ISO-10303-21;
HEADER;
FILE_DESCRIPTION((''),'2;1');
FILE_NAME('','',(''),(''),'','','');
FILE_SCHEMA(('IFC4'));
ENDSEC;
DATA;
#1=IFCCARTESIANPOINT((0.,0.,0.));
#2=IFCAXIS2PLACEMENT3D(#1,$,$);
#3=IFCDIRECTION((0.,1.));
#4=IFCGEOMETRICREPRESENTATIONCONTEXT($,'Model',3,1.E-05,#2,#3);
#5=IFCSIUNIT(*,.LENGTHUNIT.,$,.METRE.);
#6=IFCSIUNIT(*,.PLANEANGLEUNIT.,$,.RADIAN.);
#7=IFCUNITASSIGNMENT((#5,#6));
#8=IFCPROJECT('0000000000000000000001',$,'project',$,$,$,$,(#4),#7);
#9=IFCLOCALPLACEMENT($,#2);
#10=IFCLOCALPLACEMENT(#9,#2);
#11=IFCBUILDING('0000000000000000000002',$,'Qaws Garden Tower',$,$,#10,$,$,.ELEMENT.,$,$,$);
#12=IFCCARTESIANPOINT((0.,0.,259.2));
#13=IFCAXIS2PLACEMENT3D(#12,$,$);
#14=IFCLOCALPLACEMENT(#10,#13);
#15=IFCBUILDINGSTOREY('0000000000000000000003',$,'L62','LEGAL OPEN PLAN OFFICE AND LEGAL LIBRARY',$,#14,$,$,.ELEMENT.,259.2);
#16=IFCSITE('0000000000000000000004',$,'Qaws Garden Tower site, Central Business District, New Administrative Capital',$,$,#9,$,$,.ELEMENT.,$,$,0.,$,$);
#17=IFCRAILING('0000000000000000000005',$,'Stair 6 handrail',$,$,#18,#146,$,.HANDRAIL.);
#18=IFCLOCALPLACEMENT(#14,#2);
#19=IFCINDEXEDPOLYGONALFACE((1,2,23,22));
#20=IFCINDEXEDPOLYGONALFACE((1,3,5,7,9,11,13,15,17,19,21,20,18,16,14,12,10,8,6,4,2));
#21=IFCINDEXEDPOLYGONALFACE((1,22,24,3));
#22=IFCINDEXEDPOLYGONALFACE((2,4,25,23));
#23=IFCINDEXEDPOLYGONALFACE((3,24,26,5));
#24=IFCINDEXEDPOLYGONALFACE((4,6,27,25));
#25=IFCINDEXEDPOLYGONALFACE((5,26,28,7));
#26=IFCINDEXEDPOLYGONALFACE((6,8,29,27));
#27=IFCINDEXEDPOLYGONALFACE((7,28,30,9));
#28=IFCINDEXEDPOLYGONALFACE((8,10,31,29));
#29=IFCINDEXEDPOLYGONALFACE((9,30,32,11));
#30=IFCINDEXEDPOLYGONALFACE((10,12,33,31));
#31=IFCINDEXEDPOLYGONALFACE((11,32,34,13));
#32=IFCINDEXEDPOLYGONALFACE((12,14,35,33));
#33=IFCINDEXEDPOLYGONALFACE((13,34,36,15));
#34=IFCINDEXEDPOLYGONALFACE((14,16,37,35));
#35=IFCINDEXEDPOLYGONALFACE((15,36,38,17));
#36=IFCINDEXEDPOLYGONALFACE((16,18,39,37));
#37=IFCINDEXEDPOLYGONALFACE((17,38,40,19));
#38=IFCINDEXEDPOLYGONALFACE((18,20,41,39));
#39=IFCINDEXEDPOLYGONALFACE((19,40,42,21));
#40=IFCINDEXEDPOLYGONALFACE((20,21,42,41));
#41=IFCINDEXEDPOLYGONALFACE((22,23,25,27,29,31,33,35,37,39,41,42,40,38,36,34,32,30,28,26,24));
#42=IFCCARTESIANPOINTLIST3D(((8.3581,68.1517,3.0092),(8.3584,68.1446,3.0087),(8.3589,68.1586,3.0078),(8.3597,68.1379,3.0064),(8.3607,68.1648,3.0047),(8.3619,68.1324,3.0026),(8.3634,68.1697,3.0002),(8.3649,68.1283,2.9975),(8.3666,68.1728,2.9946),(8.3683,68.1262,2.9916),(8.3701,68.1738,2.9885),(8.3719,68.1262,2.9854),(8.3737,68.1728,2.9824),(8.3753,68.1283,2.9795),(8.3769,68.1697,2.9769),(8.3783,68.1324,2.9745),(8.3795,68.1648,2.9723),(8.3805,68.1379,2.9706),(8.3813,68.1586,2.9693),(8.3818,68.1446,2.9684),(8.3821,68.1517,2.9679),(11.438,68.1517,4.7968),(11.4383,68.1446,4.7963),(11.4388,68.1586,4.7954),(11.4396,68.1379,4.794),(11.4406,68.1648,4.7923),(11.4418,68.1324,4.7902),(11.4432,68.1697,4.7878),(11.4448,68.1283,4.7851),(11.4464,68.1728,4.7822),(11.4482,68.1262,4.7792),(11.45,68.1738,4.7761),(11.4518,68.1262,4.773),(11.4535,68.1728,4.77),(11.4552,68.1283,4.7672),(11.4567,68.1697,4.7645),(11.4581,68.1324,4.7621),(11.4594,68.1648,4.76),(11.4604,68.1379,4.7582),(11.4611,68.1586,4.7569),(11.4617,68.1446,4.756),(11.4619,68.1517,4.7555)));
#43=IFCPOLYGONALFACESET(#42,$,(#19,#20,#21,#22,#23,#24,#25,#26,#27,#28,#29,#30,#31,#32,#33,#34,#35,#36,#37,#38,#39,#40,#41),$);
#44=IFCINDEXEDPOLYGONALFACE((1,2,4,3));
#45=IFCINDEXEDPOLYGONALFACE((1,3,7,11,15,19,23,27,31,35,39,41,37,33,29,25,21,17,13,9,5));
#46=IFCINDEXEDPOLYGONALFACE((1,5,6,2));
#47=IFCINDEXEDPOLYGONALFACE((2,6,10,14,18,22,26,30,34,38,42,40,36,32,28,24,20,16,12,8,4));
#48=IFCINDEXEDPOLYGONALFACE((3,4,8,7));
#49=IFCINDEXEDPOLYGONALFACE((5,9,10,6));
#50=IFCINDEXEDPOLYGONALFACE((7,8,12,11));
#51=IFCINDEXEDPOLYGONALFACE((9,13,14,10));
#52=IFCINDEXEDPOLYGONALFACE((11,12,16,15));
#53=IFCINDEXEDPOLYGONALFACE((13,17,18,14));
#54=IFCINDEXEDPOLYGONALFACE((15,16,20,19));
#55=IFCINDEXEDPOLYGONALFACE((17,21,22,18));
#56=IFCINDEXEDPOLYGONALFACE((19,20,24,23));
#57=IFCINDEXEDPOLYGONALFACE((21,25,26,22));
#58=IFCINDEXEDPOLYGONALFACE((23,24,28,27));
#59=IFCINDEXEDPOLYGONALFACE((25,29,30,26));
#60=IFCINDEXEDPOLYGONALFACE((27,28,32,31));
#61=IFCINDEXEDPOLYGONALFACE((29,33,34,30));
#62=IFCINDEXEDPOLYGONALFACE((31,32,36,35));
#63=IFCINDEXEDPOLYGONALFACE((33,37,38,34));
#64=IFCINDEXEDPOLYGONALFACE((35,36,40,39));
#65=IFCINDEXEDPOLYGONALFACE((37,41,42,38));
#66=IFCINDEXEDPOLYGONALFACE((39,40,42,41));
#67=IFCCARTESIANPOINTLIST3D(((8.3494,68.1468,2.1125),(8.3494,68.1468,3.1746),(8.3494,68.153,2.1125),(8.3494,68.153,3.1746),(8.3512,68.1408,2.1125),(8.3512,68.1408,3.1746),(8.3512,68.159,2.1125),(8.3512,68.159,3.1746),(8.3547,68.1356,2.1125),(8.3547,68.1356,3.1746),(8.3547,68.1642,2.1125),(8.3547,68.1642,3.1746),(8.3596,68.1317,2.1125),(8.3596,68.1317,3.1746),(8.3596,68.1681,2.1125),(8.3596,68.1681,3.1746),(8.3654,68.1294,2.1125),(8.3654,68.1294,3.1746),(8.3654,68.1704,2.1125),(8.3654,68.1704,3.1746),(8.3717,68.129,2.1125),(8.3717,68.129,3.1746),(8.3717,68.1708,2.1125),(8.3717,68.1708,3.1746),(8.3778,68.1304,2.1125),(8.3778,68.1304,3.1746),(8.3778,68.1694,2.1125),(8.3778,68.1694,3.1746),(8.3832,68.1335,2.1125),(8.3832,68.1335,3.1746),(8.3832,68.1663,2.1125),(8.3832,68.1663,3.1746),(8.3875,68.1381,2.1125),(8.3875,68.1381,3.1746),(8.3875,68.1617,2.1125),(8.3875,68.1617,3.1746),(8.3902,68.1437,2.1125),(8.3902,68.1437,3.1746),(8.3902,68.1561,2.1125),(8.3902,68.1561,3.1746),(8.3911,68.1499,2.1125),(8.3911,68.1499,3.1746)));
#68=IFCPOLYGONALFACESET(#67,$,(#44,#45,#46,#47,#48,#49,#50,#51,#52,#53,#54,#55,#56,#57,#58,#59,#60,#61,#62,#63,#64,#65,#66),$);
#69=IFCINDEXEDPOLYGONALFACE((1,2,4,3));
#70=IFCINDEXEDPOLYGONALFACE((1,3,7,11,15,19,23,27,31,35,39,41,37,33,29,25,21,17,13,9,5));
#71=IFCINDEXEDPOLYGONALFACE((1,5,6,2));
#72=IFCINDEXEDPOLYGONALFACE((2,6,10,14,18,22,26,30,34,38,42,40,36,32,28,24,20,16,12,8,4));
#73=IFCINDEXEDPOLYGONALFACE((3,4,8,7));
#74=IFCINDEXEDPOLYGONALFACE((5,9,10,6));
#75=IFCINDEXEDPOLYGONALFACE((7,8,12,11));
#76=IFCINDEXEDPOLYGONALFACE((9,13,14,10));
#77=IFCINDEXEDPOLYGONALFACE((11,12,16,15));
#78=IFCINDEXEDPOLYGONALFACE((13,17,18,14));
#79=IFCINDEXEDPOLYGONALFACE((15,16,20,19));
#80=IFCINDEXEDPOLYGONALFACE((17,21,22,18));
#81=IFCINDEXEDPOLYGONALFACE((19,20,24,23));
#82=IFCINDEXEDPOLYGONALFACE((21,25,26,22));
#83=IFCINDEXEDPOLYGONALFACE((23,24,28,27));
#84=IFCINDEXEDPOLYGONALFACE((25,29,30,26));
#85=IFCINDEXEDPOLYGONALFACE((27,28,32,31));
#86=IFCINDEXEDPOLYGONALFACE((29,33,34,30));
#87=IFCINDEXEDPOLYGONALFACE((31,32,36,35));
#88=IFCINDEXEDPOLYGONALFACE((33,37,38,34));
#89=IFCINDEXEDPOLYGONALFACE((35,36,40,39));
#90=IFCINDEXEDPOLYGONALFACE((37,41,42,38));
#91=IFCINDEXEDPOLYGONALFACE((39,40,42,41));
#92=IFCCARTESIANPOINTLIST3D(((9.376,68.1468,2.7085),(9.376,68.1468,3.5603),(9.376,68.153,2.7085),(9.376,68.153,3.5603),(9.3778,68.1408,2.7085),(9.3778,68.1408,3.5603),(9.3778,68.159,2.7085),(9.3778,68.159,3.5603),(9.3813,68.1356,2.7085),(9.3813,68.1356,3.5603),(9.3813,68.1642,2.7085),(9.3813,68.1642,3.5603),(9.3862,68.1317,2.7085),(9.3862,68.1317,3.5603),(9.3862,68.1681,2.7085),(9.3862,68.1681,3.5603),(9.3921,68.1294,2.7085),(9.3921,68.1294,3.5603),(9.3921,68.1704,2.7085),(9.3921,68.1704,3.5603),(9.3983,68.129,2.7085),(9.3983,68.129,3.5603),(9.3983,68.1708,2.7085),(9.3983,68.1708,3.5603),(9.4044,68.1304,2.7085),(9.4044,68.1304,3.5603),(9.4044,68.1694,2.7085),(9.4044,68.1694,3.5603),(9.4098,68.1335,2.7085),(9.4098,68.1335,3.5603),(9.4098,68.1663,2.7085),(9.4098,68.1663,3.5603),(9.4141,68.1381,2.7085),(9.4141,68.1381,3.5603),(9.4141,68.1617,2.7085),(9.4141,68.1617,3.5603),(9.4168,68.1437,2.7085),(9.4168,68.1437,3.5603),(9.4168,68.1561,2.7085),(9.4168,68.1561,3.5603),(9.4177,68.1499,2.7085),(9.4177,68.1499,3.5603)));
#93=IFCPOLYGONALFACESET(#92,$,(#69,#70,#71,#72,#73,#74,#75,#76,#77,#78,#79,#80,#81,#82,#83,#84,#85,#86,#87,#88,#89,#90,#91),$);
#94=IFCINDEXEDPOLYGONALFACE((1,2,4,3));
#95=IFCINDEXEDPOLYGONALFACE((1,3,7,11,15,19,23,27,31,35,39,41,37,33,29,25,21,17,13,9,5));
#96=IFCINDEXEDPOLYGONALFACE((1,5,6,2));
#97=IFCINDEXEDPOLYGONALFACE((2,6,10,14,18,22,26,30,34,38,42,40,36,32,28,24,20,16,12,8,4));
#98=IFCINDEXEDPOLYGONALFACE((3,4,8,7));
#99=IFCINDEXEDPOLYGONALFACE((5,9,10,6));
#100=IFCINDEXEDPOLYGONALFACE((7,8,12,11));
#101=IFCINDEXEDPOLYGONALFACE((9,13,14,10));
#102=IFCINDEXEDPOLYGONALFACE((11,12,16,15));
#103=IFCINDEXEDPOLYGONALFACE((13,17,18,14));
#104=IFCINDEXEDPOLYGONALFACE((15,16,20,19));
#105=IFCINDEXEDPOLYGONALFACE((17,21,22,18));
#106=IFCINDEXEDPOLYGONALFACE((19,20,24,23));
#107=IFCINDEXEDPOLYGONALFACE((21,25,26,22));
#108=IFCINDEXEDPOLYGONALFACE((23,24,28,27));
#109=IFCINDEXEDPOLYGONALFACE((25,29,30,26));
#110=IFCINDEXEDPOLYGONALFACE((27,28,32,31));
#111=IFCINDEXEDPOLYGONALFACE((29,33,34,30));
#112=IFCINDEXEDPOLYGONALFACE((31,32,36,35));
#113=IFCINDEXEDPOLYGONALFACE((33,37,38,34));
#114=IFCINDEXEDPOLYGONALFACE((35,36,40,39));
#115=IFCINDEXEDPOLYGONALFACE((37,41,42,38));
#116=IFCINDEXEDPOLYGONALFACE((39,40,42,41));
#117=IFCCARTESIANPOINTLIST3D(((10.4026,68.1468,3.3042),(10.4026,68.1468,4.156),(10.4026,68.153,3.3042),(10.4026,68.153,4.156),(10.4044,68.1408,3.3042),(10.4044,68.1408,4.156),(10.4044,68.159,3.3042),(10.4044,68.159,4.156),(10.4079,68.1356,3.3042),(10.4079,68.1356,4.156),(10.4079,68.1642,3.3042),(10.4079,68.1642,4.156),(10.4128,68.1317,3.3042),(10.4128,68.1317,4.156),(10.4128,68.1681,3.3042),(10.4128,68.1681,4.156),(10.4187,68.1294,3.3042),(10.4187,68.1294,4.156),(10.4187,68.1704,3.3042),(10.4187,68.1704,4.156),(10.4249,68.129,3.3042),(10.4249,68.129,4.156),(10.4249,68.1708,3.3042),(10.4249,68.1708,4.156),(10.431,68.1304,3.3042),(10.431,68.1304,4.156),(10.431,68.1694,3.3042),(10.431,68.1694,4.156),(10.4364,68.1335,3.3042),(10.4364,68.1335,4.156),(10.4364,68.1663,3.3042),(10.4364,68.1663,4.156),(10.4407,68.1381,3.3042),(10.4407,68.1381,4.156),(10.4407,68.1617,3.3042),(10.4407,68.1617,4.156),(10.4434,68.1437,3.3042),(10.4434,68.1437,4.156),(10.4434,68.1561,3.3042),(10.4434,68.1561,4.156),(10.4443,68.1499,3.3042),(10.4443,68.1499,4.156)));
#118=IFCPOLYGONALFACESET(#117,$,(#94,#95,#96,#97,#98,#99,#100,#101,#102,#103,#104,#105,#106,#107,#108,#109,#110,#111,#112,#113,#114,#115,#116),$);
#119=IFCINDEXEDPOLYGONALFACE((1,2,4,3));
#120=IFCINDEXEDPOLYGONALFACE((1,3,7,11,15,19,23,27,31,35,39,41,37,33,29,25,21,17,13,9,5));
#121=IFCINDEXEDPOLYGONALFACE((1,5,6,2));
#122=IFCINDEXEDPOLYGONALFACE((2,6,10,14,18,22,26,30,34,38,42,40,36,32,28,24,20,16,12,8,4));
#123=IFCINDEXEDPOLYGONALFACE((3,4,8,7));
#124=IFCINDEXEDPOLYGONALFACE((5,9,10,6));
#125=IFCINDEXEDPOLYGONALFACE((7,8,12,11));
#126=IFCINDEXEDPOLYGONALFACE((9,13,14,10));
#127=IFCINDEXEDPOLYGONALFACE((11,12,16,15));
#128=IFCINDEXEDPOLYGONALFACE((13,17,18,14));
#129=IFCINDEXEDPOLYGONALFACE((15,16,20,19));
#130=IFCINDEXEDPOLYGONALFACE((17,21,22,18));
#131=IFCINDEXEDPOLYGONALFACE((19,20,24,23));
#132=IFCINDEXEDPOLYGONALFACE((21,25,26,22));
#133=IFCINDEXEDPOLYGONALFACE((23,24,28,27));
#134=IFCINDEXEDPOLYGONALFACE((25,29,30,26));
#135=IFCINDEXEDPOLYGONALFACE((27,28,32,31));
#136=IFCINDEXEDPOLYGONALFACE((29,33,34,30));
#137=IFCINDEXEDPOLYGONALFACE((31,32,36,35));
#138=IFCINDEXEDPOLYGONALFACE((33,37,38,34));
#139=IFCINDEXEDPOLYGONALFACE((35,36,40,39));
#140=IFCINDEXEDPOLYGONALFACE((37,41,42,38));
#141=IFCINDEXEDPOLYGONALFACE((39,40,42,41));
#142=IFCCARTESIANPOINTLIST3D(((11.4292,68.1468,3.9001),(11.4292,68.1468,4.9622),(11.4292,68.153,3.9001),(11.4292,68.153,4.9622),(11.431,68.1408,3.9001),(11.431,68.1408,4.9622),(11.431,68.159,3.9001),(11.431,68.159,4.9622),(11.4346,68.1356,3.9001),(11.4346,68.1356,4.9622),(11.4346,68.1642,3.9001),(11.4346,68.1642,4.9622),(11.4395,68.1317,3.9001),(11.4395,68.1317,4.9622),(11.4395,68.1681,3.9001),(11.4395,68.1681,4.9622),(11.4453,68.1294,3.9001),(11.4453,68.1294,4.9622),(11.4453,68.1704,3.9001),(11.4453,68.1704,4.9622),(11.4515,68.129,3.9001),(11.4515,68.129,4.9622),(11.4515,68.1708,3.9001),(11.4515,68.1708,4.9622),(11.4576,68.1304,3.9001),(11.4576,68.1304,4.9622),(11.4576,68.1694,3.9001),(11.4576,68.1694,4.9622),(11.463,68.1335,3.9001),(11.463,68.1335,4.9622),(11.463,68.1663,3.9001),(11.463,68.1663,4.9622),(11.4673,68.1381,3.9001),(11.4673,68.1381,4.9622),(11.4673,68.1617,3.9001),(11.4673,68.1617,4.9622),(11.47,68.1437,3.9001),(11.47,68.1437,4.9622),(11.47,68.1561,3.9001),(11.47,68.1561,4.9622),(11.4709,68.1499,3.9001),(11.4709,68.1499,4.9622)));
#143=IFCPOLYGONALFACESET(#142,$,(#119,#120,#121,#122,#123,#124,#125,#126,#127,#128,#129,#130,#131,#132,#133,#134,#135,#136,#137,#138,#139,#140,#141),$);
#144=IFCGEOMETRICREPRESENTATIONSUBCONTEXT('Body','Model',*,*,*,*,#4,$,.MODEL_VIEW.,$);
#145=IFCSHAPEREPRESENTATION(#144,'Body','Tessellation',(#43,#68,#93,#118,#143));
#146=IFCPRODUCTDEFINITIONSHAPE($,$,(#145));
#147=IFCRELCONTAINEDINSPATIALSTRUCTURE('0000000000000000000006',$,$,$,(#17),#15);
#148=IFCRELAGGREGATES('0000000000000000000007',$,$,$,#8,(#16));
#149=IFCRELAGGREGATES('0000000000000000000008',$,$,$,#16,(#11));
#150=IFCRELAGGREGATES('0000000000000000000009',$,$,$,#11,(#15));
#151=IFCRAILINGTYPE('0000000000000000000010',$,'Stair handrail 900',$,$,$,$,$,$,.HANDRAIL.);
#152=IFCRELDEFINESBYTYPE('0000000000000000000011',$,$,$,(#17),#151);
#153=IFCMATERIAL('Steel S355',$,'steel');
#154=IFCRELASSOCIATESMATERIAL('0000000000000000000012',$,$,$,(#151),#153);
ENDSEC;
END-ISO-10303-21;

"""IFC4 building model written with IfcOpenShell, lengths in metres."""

from ifc_helpers import new_model, si_unit, direction, frame, origin, origin_2d, place, context, subcontext, project, spatial, circle, extrude, material, type_object, element, save


model = new_model("IFC4")

# Units and contexts
model_context = context("Model", 3, precision=1e-05, world=origin(), true_north=direction((0.0, 1.0)))
body_context = subcontext(model_context, "Body", "Model", "MODEL_VIEW")
ifc_project = project(units=[si_unit("LENGTHUNIT", "METRE"), si_unit("PLANEANGLEUNIT", "RADIAN")], contexts=[model_context])

# Site, building, storey
site_placement = place(None, origin())
site = spatial("IfcSite", under=ifc_project, at=site_placement, Name="Qaws Garden Tower site, Central Business District, New Administrative Capital", CompositionType="ELEMENT", RefElevation=0.0)
building_placement = place(site_placement, origin())
building = spatial("IfcBuilding", under=site, at=building_placement, Name="Qaws Garden Tower", CompositionType="ELEMENT")
storey_placement = place(building_placement, frame((0.0, 0.0, 259.2)))
storey = spatial("IfcBuildingStorey", under=building, at=storey_placement, Name="L62", Description="LEGAL OPEN PLAN OFFICE AND LEGAL LIBRARY", CompositionType="ELEMENT", Elevation=259.2)

# Railing
ifc_material_1 = material(Name="Steel S355", Category="steel")
railing_type = type_object("IfcRailingType", Name="Stair handrail 900", PredefinedType="HANDRAIL", material=ifc_material_1)
railing_1_placement = place(storey_placement, frame((8.3701, 68.1499, 2.1125)))
element("IfcRailing", 1, at=railing_1_placement, inside=storey, type_object=railing_type, Name="Stair 6 handrail", PredefinedType="HANDRAIL", context=body_context, shape_type="SweptSolid", body=[
    extrude(circle(Radius=0.0239, at=origin_2d()), frame((0.0, 0.0, 0.876), z_axis=(0.864873, 0.0, 0.50199), x_axis=(0.0, 1.0, 0.0)), (0.0, 0.0, 1.0), 3.561),
    extrude(circle(Radius=0.021, at=origin_2d()), origin(), (0.0, 0.0, 1.0), 1.062),
    extrude(circle(Radius=0.021, at=origin_2d()), frame((1.0266, 0.0, 0.5959)), (0.0, 0.0, 1.0), 0.8518),
    extrude(circle(Radius=0.021, at=origin_2d()), frame((2.0532, 0.0, 1.1917)), (0.0, 0.0, 1.0), 0.8518),
    extrude(circle(Radius=0.021, at=origin_2d()), frame((3.0798, 0.0, 1.7876)), (0.0, 0.0, 1.0), 1.062),
])

save(model, "model.ifc")
